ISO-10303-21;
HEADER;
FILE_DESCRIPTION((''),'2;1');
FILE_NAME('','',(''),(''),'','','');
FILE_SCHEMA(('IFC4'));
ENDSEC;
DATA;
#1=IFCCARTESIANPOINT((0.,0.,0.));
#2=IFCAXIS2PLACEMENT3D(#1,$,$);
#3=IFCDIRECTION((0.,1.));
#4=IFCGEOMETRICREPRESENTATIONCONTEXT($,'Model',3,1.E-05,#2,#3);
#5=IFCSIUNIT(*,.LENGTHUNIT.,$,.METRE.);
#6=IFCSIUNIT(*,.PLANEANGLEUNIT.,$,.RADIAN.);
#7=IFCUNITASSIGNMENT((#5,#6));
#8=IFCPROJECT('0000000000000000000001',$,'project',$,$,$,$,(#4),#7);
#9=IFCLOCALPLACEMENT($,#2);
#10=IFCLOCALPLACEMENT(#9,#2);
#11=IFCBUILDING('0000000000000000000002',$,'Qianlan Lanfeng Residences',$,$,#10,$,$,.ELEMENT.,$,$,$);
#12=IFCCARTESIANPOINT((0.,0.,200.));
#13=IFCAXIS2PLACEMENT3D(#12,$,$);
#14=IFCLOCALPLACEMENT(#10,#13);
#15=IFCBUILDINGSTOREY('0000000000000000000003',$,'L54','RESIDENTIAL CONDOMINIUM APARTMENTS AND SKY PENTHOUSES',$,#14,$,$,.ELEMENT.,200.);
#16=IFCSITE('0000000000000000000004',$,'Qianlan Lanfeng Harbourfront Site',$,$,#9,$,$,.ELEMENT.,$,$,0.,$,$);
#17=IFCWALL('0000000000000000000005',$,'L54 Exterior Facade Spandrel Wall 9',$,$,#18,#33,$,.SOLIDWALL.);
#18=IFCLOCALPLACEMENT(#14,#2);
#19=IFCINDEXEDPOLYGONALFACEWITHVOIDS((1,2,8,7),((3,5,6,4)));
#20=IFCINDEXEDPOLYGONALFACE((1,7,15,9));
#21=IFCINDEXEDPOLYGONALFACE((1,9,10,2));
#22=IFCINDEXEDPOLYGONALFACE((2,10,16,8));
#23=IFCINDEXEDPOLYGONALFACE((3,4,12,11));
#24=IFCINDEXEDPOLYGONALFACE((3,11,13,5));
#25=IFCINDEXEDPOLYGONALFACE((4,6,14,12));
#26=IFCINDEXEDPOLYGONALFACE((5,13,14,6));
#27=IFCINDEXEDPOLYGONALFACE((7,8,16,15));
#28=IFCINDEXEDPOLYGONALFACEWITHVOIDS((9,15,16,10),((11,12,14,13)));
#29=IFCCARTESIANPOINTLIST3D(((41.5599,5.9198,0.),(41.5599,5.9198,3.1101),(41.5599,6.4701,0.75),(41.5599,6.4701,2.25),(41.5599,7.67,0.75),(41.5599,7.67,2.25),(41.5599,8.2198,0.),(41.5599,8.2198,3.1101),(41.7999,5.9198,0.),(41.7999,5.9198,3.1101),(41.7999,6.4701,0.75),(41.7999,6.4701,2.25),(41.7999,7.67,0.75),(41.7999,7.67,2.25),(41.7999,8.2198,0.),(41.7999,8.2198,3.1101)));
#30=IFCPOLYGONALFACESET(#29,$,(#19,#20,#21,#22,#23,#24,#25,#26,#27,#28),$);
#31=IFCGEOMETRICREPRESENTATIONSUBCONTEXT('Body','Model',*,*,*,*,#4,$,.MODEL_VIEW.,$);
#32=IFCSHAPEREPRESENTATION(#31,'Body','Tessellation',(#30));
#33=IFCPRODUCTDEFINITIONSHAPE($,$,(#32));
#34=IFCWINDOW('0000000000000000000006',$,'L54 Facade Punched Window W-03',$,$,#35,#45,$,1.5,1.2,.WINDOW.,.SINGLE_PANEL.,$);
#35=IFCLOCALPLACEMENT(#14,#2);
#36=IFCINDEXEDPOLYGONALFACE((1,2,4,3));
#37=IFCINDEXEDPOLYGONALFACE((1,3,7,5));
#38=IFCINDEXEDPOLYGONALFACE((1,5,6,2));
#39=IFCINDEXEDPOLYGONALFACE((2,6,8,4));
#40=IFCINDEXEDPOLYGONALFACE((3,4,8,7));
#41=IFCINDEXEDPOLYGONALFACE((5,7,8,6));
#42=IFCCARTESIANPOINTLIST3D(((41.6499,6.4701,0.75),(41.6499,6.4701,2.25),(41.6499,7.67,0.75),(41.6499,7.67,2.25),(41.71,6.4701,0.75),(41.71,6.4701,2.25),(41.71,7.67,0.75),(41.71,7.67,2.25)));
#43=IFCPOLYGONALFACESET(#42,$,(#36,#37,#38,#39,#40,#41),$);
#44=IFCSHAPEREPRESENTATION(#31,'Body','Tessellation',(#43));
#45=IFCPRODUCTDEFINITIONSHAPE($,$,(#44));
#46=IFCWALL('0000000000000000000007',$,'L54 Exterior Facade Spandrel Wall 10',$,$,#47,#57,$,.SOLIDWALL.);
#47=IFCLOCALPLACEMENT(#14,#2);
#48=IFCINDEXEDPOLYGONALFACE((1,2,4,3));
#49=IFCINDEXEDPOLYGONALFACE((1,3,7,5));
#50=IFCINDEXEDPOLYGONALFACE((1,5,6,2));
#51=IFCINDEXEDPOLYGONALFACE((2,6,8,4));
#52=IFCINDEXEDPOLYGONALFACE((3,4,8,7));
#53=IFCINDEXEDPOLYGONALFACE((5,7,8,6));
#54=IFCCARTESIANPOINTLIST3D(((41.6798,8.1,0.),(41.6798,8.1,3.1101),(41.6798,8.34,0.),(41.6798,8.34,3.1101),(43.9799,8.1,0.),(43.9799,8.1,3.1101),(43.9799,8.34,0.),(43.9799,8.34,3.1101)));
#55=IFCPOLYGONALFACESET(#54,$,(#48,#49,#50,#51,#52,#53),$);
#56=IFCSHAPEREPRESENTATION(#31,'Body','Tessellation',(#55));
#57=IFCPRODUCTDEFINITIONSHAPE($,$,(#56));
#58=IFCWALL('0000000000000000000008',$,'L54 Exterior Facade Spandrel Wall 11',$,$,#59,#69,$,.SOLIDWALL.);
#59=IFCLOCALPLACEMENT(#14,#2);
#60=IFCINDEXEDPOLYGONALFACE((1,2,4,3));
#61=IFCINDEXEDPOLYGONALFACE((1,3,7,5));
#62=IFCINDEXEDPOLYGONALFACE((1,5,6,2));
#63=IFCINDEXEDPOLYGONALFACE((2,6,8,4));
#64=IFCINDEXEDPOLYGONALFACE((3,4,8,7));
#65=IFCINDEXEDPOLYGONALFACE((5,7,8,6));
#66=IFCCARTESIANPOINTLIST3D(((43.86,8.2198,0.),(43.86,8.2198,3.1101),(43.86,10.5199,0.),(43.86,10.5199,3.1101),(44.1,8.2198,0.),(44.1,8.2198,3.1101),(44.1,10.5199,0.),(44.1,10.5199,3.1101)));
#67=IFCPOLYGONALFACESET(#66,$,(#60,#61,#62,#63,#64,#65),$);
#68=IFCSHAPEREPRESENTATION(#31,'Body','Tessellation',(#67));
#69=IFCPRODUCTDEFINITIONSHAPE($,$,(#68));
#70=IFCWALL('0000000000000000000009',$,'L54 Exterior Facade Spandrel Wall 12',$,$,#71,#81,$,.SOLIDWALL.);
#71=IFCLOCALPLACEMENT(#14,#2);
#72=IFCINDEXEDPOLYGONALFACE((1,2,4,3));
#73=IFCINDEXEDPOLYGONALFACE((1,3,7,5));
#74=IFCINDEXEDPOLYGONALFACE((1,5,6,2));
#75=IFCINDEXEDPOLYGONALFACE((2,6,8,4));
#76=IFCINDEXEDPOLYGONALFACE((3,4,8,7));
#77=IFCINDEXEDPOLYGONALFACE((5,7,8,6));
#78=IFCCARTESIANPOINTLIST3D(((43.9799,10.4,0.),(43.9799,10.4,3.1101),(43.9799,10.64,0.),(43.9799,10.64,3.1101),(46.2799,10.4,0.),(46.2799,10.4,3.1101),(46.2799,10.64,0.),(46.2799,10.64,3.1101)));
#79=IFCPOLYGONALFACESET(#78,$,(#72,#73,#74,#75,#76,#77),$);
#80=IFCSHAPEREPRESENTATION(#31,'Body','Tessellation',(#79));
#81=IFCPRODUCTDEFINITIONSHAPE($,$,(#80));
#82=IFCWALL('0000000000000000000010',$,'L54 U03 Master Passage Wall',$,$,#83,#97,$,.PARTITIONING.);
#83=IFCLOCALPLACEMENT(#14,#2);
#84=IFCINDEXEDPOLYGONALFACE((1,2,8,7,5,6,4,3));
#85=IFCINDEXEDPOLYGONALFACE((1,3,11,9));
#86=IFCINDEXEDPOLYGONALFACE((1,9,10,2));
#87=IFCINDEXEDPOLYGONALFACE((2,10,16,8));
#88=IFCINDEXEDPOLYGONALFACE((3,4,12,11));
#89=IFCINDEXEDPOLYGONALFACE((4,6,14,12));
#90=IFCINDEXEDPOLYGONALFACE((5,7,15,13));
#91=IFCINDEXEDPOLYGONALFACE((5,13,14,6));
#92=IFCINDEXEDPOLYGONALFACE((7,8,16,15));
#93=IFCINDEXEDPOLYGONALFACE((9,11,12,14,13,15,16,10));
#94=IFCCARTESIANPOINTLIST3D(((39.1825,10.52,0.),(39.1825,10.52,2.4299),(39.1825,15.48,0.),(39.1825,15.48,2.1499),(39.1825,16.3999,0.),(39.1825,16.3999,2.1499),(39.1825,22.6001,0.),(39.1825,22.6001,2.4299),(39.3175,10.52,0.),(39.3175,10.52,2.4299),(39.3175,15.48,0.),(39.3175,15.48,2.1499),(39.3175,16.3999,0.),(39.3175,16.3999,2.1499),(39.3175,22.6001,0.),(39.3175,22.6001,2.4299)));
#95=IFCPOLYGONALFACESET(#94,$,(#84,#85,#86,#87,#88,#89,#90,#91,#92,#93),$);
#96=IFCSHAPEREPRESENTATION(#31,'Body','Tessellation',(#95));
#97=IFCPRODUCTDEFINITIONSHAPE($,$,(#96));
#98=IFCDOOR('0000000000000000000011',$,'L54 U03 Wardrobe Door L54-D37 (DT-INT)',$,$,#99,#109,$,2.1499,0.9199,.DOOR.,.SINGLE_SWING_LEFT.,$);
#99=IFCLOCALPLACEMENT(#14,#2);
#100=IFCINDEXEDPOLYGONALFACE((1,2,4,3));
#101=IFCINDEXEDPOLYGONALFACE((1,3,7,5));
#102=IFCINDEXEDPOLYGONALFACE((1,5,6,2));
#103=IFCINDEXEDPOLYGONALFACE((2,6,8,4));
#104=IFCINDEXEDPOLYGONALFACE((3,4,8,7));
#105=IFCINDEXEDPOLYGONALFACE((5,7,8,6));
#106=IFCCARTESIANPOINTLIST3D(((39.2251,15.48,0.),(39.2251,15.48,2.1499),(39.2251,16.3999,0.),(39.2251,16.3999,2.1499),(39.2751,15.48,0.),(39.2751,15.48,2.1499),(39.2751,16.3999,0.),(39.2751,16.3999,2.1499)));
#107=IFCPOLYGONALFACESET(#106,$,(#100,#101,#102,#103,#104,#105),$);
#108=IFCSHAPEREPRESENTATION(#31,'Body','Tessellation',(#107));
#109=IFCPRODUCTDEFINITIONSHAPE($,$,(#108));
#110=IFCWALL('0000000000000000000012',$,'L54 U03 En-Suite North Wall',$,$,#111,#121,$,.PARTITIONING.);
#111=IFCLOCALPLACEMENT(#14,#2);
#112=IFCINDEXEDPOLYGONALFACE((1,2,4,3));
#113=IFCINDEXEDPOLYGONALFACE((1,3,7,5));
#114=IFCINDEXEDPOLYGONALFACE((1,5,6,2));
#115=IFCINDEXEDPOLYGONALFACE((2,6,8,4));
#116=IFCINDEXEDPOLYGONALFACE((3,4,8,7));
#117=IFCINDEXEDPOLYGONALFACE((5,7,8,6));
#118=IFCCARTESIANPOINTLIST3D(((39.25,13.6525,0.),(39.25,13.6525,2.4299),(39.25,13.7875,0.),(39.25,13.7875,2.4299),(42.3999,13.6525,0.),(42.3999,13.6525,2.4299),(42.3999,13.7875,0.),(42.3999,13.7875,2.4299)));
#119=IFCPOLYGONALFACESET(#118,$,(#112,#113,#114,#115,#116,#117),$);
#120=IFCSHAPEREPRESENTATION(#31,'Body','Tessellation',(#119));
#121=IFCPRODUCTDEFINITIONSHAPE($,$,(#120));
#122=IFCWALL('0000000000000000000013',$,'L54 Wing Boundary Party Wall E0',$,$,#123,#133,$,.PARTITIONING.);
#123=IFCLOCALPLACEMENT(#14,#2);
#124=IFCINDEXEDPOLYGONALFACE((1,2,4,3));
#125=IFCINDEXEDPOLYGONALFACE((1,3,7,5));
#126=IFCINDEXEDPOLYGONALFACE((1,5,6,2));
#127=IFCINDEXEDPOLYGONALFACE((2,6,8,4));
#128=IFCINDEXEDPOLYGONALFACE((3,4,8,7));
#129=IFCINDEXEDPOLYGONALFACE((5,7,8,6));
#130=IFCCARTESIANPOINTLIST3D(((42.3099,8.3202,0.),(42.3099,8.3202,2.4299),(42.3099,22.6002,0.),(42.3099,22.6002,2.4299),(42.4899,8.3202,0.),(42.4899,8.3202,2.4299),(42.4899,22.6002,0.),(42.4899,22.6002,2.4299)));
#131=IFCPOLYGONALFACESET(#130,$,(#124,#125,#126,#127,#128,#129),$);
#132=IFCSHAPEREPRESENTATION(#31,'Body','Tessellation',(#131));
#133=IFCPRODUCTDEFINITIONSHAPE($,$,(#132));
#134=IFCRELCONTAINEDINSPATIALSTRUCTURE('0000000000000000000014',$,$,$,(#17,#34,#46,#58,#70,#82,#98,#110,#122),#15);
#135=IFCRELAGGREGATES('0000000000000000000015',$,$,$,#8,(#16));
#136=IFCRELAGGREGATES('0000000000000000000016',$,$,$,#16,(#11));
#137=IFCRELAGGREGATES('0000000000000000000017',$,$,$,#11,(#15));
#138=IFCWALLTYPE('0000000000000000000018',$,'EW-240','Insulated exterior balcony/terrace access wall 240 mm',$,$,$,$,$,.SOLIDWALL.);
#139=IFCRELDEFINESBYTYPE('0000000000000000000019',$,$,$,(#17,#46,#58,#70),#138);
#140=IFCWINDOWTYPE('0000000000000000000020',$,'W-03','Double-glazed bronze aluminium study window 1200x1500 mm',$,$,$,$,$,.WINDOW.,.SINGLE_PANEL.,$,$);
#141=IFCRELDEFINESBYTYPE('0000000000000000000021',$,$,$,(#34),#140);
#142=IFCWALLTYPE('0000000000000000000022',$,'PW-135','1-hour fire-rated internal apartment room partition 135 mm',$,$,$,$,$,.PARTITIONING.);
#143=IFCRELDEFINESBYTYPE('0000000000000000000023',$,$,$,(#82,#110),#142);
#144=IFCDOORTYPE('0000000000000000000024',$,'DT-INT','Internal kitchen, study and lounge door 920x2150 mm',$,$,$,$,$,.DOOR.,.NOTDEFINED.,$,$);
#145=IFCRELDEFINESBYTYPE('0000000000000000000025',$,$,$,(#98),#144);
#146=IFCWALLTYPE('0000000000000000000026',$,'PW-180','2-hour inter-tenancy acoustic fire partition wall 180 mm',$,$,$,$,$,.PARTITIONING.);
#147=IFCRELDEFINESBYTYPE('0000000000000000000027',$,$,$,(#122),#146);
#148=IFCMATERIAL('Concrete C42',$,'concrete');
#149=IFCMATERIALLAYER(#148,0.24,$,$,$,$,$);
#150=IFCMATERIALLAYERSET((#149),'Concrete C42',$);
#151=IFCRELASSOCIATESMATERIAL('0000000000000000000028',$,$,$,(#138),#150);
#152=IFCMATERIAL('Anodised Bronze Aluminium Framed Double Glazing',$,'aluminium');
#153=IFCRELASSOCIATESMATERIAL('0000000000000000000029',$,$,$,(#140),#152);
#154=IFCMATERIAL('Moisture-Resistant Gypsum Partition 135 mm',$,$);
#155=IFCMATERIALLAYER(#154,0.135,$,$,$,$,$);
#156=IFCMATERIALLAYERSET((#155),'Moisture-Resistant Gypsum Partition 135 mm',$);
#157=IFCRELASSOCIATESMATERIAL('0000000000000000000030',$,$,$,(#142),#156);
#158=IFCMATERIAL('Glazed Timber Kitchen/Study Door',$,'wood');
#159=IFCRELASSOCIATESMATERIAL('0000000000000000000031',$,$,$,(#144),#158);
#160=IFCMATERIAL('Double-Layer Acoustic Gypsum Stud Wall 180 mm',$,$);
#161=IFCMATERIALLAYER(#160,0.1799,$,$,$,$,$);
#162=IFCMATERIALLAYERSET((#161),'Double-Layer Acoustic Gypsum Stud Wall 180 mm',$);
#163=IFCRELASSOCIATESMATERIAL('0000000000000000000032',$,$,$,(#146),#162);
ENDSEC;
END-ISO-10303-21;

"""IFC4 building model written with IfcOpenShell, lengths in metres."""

from ifc_helpers import new_model, si_unit, direction, frame, frame_2d, origin, place, context, subcontext, project, spatial, rectangle, extrude, material, layer, layer_set, type_object, element, fill, save


model = new_model("IFC4")

# Units and contexts
model_context = context("Model", 3, precision=1e-05, world=origin(), true_north=direction((0.0, 1.0)))
body_context = subcontext(model_context, "Body", "Model", "MODEL_VIEW")
ifc_project = project(units=[si_unit("LENGTHUNIT", "METRE"), si_unit("PLANEANGLEUNIT", "RADIAN")], contexts=[model_context])

# Site, building, storey
site_placement = place(None, origin())
site = spatial("IfcSite", under=ifc_project, at=site_placement, Name="Qianlan Lanfeng Harbourfront Site", CompositionType="ELEMENT", RefElevation=0.0)
building_placement = place(site_placement, origin())
building = spatial("IfcBuilding", under=site, at=building_placement, Name="Qianlan Lanfeng Residences", CompositionType="ELEMENT")
storey_placement = place(building_placement, frame((0.0, 0.0, 200.0)))
storey = spatial("IfcBuildingStorey", under=building, at=storey_placement, Name="L54", Description="RESIDENTIAL CONDOMINIUM APARTMENTS AND SKY PENTHOUSES", CompositionType="ELEMENT", Elevation=200.0)

# Wall, opening, window
ifc_material_1 = material(Name="Concrete C42", Category="concrete")
ifc_layer_1 = layer(ifc_material_1, 0.24)
ifc_layer_set_1 = layer_set([ifc_layer_1], Name="Concrete C42")
wall_type_1 = type_object("IfcWallType", Name="EW-240", Description="Insulated exterior balcony/terrace access wall 240 mm", PredefinedType="SOLIDWALL", material=ifc_layer_set_1)
wall_1_placement = place(storey_placement, frame((41.6799, 5.9199, 0.0), z_axis=(0.0, 0.0, 1.0), x_axis=(0.0, 1.0, 0.0)))
wall_1 = element("IfcWall", 1, at=wall_1_placement, inside=storey, type_object=wall_type_1, Name="L54 Exterior Facade Spandrel Wall 9", PredefinedType="SOLIDWALL", context=body_context, shape_type="SweptSolid", body=[
    extrude(rectangle(XDim=2.3, YDim=0.24, at=frame_2d((1.1499, 0.0))), origin(), (0.0, 0.0, 1.0), 3.1101),
])
opening_1_placement = place(wall_1_placement, frame((0.55, 0.0, 0.75)))
opening_1 = element("IfcOpeningElement", 2, at=opening_1_placement, cuts=wall_1, PredefinedType="OPENING", context=body_context, shape_type="SweptSolid", body=[
    extrude(rectangle(XDim=1.2, YDim=1.5, at=frame_2d((0.6001, 0.75))), frame((0.0, 0.1299, 0.0), z_axis=(0.0, -1.0, 0.0), x_axis=(1.0, 0.0, 0.0)), (0.0, 0.0, 1.0), 0.26),
])
ifc_material_2 = material(Name="Anodised Bronze Aluminium Framed Double Glazing", Category="aluminium")
window_type = type_object("IfcWindowType", Name="W-03", Description="Double-glazed bronze aluminium study window 1200x1500 mm", PartitioningType="SINGLE_PANEL", PredefinedType="WINDOW", material=ifc_material_2)
window_placement = place(opening_1_placement, origin())
window = element("IfcWindow", 3, at=window_placement, inside=storey, type_object=window_type, Name="L54 Facade Punched Window W-03", OverallHeight=1.5, OverallWidth=1.2, PartitioningType="SINGLE_PANEL", PredefinedType="WINDOW", context=body_context, shape_type="SweptSolid", body=[
    extrude(rectangle(XDim=1.2, YDim=1.5, at=frame_2d((0.6001, 0.75))), frame((0.0, 0.03, 0.0), z_axis=(0.0, -1.0, 0.0), x_axis=(1.0, 0.0, 0.0)), (0.0, 0.0, 1.0), 0.0601),
])
fill(opening_1, window)

# Walls
for number, where, z_axis, x_axis, name in (
    (4, (41.6799, 8.22, 0.0), (0.0, 0.0, 1.0), (1.0, 0.0, 0.0), "L54 Exterior Facade Spandrel Wall 10"),
    (5, (43.98, 8.22, 0.0), (0.0, 0.0, 1.0), (0.0, 1.0, 0.0), "L54 Exterior Facade Spandrel Wall 11"),
    (6, (43.98, 10.52, 0.0), (0.0, 0.0, 1.0), (1.0, 0.0, 0.0), "L54 Exterior Facade Spandrel Wall 12"),
):
    element("IfcWall", number, at=place(storey_placement, frame(where, z_axis=z_axis, x_axis=x_axis)), inside=storey, type_object=wall_type_1, Name=name, PredefinedType="SOLIDWALL", context=body_context, shape_type="SweptSolid", body=[
        extrude(rectangle(XDim=2.3, YDim=0.24, at=frame_2d((1.1499, 0.0))), origin(), (0.0, 0.0, 1.0), 3.1101),
    ])

# Wall, opening, door
ifc_material_3 = material(Name="Moisture-Resistant Gypsum Partition 135 mm")
ifc_layer_2 = layer(ifc_material_3, 0.135)
ifc_layer_set_2 = layer_set([ifc_layer_2], Name="Moisture-Resistant Gypsum Partition 135 mm")
wall_type_2 = type_object("IfcWallType", Name="PW-135", Description="1-hour fire-rated internal apartment room partition 135 mm", PredefinedType="PARTITIONING", material=ifc_layer_set_2)
wall_2_placement = place(storey_placement, frame((39.25, 10.52, 0.0), z_axis=(0.0, 0.0, 1.0), x_axis=(0.0, 1.0, 0.0)))
wall_2 = element("IfcWall", 7, at=wall_2_placement, inside=storey, type_object=wall_type_2, Name="L54 U03 Master Passage Wall", PredefinedType="PARTITIONING", context=body_context, shape_type="SweptSolid", body=[
    extrude(rectangle(XDim=12.0801, YDim=0.135, at=frame_2d((6.04, 0.0))), origin(), (0.0, 0.0, 1.0), 2.4299),
])
opening_2_placement = place(wall_2_placement, frame((4.96, 0.0, 0.0)))
opening_2 = element("IfcOpeningElement", 8, at=opening_2_placement, cuts=wall_2, PredefinedType="OPENING", context=body_context, shape_type="SweptSolid", body=[
    extrude(rectangle(XDim=0.9199, YDim=2.1499, at=frame_2d((0.46, 1.075))), frame((0.0, 0.0776, 0.0), z_axis=(0.0, -1.0, 0.0), x_axis=(1.0, 0.0, 0.0)), (0.0, 0.0, 1.0), 0.155),
])
ifc_material_4 = material(Name="Glazed Timber Kitchen/Study Door", Category="wood")
door_type = type_object("IfcDoorType", Name="DT-INT", Description="Internal kitchen, study and lounge door 920x2150 mm", OperationType="NOTDEFINED", PredefinedType="DOOR", material=ifc_material_4)
door_placement = place(opening_2_placement, origin())
door = element("IfcDoor", 9, at=door_placement, inside=storey, type_object=door_type, Name="L54 U03 Wardrobe Door L54-D37 (DT-INT)", OperationType="SINGLE_SWING_LEFT", OverallHeight=2.1499, OverallWidth=0.9199, PredefinedType="DOOR", context=body_context, shape_type="SweptSolid", body=[
    extrude(rectangle(XDim=0.9199, YDim=2.1499, at=frame_2d((0.46, 1.075))), frame((0.0, 0.0249, 0.0), z_axis=(0.0, -1.0, 0.0), x_axis=(1.0, 0.0, 0.0)), (0.0, 0.0, 1.0), 0.05),
])
fill(opening_2, door)

# Walls
wall_3_placement = place(storey_placement, frame((39.25, 13.72, 0.0), z_axis=(0.0, 0.0, 1.0), x_axis=(1.0, 0.0, 0.0)))
element("IfcWall", 10, at=wall_3_placement, inside=storey, type_object=wall_type_2, Name="L54 U03 En-Suite North Wall", PredefinedType="PARTITIONING", context=body_context, shape_type="SweptSolid", body=[
    extrude(rectangle(XDim=3.1499, YDim=0.135, at=frame_2d((1.575, 0.0))), origin(), (0.0, 0.0, 1.0), 2.4299),
])
ifc_material_5 = material(Name="Double-Layer Acoustic Gypsum Stud Wall 180 mm")
ifc_layer_3 = layer(ifc_material_5, 0.1799)
ifc_layer_set_3 = layer_set([ifc_layer_3], Name="Double-Layer Acoustic Gypsum Stud Wall 180 mm")
wall_type_3 = type_object("IfcWallType", Name="PW-180", Description="2-hour inter-tenancy acoustic fire partition wall 180 mm", PredefinedType="PARTITIONING", material=ifc_layer_set_3)
wall_4_placement = place(storey_placement, frame((42.3999, 8.3201, 0.0), z_axis=(0.0, 0.0, 1.0), x_axis=(0.0, 1.0, 0.0)))
element("IfcWall", 11, at=wall_4_placement, inside=storey, type_object=wall_type_3, Name="L54 Wing Boundary Party Wall E0", PredefinedType="PARTITIONING", context=body_context, shape_type="SweptSolid", body=[
    extrude(rectangle(XDim=14.28, YDim=0.1799, at=frame_2d((7.1401, 0.0))), origin(), (0.0, 0.0, 1.0), 2.4299),
])

save(model, "model.ifc")
